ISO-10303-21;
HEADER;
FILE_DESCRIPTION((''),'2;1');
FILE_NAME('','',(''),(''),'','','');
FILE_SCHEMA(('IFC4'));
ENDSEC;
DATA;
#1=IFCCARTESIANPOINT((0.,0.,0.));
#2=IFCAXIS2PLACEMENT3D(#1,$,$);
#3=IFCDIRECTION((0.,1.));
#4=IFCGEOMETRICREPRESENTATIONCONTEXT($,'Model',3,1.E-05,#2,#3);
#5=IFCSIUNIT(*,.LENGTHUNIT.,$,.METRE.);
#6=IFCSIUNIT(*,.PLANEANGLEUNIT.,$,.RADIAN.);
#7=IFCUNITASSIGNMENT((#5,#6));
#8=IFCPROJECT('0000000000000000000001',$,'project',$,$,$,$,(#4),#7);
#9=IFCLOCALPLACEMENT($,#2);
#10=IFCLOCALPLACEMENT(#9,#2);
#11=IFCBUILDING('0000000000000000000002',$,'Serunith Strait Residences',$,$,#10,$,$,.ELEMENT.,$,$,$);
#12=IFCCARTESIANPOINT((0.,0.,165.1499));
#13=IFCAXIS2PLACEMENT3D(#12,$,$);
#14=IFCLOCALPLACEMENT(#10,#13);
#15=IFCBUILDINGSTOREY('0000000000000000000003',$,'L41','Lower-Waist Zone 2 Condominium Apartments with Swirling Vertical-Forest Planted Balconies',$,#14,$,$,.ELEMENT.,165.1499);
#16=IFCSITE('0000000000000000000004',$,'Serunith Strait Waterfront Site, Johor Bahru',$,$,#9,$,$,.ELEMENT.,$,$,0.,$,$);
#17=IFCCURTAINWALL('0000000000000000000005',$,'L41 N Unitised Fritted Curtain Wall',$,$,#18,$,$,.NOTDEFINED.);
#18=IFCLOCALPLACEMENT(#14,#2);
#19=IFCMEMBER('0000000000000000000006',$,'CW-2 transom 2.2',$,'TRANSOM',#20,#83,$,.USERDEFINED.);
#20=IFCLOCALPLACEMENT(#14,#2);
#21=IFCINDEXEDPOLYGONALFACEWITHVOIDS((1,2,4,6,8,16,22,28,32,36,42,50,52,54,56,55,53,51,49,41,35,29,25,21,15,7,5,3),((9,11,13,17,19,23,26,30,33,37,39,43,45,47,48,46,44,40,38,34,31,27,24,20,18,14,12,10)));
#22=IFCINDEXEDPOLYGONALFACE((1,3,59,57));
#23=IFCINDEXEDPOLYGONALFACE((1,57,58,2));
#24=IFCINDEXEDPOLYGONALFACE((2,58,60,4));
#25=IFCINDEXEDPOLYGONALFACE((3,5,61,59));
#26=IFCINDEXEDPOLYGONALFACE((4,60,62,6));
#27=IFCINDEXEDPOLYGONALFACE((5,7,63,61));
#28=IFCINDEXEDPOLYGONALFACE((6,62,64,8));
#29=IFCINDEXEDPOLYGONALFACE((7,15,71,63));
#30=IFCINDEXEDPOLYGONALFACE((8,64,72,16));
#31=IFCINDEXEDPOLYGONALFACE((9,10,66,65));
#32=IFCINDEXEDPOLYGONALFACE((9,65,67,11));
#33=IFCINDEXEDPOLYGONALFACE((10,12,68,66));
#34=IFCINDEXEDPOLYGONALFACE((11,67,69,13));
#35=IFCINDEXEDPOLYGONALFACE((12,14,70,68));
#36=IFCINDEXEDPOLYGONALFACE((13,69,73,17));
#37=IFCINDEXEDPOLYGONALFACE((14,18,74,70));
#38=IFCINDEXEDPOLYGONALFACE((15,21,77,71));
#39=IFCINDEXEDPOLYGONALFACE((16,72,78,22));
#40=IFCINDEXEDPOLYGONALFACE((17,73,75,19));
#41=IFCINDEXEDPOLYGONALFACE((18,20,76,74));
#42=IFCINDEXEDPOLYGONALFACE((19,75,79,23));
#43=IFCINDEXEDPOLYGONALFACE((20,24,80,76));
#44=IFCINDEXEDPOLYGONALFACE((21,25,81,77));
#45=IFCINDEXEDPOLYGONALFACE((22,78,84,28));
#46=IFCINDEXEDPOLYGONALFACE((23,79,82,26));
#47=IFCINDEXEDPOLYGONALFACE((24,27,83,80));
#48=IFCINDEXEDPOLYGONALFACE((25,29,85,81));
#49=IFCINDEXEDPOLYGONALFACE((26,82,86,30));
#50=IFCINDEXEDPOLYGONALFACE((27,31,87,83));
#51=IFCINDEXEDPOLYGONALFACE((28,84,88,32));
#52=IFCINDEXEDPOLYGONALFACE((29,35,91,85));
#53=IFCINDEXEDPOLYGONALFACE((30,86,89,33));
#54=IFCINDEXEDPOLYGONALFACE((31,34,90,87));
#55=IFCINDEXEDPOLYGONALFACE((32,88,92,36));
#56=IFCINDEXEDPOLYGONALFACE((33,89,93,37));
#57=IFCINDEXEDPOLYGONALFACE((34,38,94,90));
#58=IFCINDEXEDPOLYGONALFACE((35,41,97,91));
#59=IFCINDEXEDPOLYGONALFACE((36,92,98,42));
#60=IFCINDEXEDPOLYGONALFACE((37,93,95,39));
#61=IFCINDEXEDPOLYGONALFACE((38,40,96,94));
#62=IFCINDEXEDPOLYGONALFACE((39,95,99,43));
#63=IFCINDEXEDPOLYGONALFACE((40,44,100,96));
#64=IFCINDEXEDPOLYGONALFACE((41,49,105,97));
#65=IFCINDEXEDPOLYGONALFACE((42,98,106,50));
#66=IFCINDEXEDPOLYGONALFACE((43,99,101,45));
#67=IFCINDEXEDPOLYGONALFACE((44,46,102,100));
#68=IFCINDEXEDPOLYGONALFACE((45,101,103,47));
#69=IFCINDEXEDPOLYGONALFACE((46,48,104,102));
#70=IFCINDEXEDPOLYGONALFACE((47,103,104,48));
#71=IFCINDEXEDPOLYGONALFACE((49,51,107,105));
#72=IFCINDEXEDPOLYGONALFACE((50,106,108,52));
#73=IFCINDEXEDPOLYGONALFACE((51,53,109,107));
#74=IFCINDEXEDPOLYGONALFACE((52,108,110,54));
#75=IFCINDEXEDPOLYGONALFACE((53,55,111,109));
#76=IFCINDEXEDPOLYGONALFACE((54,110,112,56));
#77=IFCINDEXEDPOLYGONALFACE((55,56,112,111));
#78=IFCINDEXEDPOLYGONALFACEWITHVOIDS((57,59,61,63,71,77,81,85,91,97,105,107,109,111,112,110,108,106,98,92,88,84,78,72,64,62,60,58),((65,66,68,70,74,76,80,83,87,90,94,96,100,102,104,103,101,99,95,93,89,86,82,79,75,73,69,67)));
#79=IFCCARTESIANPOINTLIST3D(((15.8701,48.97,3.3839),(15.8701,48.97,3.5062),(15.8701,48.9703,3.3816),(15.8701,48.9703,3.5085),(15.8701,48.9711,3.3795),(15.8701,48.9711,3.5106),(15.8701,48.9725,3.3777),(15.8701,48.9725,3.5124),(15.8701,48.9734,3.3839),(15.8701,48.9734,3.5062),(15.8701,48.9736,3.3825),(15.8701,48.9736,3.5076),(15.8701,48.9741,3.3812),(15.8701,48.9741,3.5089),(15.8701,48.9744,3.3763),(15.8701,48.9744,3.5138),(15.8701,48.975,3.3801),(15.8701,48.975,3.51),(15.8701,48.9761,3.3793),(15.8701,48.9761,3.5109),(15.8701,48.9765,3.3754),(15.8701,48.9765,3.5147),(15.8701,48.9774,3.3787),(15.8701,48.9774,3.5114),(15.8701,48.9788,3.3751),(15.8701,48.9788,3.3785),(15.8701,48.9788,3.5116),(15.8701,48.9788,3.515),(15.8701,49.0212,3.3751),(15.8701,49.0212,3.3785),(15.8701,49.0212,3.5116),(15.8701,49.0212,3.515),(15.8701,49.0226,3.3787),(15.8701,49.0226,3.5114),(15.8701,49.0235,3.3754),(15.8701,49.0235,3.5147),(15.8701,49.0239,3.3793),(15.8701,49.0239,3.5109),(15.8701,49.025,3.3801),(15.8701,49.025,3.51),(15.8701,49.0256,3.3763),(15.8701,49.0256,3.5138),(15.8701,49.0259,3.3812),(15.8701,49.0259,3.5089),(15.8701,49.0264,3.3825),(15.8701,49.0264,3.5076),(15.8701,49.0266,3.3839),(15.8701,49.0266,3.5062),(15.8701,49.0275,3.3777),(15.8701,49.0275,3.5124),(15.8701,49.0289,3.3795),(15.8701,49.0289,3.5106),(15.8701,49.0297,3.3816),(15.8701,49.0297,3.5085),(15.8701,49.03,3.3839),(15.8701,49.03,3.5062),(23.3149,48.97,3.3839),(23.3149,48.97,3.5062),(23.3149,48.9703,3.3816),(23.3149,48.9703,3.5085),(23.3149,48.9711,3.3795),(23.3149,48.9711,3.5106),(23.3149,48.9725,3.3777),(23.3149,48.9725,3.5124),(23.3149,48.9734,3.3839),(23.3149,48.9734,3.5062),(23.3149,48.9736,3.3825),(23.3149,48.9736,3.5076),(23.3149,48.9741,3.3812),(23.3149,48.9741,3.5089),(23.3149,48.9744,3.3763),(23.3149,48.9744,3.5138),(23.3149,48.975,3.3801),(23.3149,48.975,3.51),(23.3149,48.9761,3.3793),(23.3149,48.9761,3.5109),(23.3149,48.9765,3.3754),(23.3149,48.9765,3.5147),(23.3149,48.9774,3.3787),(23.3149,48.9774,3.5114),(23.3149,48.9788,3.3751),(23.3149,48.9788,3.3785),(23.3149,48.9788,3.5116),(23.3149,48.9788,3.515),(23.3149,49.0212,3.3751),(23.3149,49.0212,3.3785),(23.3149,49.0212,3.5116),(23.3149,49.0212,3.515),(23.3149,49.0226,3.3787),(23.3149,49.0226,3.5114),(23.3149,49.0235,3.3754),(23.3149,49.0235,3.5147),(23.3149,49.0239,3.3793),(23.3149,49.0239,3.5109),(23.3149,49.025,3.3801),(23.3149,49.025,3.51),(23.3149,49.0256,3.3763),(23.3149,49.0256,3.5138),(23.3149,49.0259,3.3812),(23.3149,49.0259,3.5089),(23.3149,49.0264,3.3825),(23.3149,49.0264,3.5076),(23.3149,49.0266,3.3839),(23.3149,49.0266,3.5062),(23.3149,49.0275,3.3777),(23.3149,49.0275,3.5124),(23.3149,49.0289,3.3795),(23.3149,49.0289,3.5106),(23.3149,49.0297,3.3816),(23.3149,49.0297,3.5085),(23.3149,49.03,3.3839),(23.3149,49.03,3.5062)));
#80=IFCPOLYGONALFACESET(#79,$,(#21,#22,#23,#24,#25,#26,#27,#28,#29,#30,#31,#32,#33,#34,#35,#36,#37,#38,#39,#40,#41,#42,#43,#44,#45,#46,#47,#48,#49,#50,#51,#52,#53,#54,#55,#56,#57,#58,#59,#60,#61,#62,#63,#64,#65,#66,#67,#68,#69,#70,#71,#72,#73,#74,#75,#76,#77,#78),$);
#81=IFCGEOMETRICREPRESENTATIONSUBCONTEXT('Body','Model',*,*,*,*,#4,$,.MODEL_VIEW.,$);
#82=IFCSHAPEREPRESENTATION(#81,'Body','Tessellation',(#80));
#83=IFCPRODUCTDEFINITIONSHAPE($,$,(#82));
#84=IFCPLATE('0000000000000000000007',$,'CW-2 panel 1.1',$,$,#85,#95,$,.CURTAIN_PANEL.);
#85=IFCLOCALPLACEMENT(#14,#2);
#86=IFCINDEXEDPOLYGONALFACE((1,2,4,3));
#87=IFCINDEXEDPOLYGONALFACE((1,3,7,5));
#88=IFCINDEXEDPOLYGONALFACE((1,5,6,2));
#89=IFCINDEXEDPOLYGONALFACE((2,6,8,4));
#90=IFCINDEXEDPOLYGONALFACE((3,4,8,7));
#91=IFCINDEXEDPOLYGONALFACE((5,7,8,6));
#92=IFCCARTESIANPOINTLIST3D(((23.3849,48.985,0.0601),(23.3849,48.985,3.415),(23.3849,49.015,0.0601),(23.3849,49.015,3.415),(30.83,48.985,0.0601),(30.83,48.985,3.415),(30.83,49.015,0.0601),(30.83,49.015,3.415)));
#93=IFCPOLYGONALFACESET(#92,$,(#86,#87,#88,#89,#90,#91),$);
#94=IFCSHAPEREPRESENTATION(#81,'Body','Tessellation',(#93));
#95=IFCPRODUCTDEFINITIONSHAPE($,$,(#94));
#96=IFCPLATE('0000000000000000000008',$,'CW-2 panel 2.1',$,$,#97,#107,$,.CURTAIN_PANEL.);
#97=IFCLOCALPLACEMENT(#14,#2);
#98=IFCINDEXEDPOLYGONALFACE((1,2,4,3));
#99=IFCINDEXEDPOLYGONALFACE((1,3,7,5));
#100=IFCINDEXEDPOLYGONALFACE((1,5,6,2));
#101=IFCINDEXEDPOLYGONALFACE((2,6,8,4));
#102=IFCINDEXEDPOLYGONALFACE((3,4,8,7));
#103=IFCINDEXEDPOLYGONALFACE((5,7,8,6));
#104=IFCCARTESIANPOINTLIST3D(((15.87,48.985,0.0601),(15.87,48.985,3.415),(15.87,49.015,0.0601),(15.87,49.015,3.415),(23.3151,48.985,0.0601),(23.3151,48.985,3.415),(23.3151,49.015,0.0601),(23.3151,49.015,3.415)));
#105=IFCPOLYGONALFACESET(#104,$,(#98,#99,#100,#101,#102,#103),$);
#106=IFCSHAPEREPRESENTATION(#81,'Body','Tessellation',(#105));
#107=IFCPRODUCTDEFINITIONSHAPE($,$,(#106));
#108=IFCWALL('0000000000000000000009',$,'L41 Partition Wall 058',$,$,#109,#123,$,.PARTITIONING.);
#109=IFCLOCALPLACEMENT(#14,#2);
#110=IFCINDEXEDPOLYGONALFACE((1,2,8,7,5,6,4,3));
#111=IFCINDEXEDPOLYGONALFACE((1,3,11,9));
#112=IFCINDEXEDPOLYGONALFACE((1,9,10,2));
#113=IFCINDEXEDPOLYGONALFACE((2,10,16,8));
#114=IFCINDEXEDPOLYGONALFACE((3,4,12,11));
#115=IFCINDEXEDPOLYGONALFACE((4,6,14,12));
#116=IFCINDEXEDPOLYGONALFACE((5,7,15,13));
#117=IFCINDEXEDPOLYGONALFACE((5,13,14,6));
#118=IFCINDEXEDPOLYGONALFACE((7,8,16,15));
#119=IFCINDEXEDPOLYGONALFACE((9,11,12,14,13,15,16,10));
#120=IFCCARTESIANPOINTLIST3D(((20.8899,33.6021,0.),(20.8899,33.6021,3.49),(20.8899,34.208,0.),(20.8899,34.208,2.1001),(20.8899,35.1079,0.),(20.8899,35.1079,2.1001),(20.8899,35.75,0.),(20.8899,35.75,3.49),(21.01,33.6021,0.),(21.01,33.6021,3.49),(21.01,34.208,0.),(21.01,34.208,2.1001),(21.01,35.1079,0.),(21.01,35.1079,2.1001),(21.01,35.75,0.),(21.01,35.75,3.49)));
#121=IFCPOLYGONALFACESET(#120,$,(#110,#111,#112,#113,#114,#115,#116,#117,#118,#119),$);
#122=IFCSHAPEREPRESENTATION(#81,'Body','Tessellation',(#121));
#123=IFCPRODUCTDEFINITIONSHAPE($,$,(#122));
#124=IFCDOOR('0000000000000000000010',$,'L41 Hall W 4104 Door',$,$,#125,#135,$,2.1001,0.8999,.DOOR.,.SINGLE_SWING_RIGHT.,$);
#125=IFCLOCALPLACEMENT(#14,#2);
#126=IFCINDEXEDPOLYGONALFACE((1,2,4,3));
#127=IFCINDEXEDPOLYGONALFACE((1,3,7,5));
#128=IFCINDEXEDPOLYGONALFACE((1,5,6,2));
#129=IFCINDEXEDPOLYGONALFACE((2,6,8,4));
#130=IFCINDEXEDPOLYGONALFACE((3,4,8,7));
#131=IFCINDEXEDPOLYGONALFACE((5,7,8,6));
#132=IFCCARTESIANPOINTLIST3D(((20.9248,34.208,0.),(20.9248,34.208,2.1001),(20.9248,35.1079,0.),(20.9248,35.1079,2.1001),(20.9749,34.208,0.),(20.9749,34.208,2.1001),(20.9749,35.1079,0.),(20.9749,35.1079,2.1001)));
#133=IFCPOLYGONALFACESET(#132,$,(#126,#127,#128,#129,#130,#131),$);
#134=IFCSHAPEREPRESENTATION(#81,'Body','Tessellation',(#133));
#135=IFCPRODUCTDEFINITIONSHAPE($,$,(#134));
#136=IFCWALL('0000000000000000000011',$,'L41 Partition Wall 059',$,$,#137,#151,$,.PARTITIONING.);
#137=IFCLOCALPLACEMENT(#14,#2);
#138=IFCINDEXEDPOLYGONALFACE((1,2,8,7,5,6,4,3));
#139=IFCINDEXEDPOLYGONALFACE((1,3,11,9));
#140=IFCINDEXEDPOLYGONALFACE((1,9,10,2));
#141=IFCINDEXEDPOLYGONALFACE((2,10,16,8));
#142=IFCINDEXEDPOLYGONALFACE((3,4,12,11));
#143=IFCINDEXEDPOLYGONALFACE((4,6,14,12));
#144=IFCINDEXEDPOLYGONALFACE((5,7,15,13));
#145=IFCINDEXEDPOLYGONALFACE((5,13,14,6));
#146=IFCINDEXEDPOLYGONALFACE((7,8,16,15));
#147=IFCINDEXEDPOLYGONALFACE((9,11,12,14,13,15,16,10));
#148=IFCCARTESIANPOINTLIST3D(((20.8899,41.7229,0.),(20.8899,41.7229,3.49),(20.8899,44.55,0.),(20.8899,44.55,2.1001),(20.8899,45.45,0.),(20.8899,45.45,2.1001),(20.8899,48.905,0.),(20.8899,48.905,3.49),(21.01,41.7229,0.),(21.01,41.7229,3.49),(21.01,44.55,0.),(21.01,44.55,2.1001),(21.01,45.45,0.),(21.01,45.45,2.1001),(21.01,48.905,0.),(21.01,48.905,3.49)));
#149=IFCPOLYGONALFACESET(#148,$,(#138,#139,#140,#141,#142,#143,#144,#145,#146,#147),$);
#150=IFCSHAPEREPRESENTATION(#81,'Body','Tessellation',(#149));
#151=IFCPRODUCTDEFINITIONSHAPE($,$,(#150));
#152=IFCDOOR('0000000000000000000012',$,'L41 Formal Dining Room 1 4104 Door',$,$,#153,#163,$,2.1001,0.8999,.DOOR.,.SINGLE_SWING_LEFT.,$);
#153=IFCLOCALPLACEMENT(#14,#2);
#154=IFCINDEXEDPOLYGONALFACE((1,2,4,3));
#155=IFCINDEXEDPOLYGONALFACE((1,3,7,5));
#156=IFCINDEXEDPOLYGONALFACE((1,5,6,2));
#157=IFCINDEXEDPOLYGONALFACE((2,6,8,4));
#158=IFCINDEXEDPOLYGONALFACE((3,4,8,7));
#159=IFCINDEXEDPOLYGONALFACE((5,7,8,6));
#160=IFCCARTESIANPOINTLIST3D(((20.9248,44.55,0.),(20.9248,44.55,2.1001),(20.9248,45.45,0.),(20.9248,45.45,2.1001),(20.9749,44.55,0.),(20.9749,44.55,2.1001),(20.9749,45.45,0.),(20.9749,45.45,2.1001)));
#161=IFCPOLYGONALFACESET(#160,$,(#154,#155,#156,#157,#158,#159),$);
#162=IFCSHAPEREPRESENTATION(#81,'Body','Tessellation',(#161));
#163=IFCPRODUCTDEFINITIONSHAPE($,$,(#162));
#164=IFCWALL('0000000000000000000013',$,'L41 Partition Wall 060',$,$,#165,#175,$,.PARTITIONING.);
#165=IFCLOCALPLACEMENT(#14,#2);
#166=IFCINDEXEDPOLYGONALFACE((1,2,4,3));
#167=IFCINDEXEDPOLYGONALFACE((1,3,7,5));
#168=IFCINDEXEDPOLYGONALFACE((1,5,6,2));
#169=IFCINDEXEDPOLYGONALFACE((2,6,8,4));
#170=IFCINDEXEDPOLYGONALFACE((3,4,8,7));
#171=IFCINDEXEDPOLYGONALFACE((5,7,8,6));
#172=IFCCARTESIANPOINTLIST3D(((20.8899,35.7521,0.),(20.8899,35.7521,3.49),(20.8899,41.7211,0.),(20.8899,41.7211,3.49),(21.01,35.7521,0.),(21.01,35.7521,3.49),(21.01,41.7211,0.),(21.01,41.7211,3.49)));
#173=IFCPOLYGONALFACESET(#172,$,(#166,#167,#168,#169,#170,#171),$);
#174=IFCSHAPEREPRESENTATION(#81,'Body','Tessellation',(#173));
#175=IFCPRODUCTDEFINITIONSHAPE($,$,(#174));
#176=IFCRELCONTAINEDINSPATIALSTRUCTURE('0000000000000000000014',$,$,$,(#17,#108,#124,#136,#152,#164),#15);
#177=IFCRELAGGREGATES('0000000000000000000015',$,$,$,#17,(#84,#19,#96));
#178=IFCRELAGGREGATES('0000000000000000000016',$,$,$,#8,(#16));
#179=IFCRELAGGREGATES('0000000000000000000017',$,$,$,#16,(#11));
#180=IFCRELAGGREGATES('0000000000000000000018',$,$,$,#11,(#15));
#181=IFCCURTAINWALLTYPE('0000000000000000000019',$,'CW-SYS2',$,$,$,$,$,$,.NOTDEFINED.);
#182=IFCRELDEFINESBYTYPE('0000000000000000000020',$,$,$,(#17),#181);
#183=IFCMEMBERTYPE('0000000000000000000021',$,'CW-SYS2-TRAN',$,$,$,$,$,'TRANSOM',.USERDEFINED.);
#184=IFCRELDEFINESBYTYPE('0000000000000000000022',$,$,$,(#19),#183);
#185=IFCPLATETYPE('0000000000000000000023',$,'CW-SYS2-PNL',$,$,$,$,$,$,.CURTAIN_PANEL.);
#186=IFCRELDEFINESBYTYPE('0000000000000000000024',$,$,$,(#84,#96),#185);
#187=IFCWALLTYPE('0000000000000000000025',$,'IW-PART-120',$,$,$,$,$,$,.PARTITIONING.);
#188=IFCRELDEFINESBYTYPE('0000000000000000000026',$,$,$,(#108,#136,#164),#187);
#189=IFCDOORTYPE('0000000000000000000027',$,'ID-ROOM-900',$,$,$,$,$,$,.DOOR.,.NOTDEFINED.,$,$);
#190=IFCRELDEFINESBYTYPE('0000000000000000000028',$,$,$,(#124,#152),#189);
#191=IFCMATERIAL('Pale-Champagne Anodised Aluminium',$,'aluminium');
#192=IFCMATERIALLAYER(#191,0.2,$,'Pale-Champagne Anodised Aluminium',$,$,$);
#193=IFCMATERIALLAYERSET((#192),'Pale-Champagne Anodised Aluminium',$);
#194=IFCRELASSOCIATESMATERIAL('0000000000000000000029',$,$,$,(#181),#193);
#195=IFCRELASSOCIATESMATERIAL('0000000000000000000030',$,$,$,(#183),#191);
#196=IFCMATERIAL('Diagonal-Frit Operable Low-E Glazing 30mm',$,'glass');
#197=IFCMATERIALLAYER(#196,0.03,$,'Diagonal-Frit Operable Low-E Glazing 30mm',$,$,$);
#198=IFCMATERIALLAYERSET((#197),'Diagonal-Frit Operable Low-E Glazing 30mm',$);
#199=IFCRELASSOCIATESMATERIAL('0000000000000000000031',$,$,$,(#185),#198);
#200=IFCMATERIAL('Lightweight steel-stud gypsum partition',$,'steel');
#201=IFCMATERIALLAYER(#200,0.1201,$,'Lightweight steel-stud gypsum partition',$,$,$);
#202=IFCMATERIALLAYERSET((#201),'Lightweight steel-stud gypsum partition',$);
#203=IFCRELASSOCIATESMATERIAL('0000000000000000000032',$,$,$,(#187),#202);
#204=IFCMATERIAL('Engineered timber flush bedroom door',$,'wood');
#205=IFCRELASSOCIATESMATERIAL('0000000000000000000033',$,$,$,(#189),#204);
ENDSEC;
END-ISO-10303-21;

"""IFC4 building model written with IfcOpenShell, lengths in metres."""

from ifc_helpers import new_model, si_unit, direction, frame, frame_2d, origin, origin_2d, place, context, subcontext, project, spatial, rectangle, hollow_rectangle, extrude, source, transform, mapped, material, layer, layer_set, material_profile, profile_set, type_object, element, fill, aggregate, save


model = new_model("IFC4")

# Units and contexts
model_context = context("Model", 3, precision=1e-05, world=origin(), true_north=direction((0.0, 1.0)))
body_context = subcontext(model_context, "Body", "Model", "MODEL_VIEW")
ifc_project = project(units=[si_unit("LENGTHUNIT", "METRE"), si_unit("PLANEANGLEUNIT", "RADIAN")], contexts=[model_context])

# Site, building, storey
site_placement = place(None, origin())
site = spatial("IfcSite", under=ifc_project, at=site_placement, Name="Serunith Strait Waterfront Site, Johor Bahru", CompositionType="ELEMENT", RefElevation=0.0)
building_placement = place(site_placement, origin())
building = spatial("IfcBuilding", under=site, at=building_placement, Name="Serunith Strait Residences", CompositionType="ELEMENT")
storey_placement = place(building_placement, frame((0.0, 0.0, 165.1499)))
storey = spatial("IfcBuildingStorey", under=building, at=storey_placement, Name="L41", Description="Lower-Waist Zone 2 Condominium Apartments with Swirling Vertical-Forest Planted Balconies", CompositionType="ELEMENT", Elevation=165.1499)

# Curtain wall, member, plates
ifc_material_1 = material(Name="Pale-Champagne Anodised Aluminium", Category="aluminium")
ifc_layer_1 = layer(ifc_material_1, 0.2, Name="Pale-Champagne Anodised Aluminium")
ifc_layer_set_1 = layer_set([ifc_layer_1], Name="Pale-Champagne Anodised Aluminium")
curtain_wall_type = type_object("IfcCurtainWallType", Name="CW-SYS2", PredefinedType="NOTDEFINED", material=ifc_layer_set_1)
curtain_wall_placement = place(storey_placement, origin())
curtain_wall = element("IfcCurtainWall", 1, at=curtain_wall_placement, inside=storey, type_object=curtain_wall_type, Name="L41 N Unitised Fritted Curtain Wall", PredefinedType="NOTDEFINED")
ifc_material_profile_1 = material_profile(ifc_material_1, hollow_rectangle(XDim=0.0601, YDim=0.1399, WallThickness=0.0034, InnerFilletRadius=0.0054, OuterFilletRadius=0.0088, at=origin_2d()), Name="ALU 140x60x3.5")
ifc_profile_set_1 = profile_set([ifc_material_profile_1], Name="Pale-Champagne Anodised Aluminium")
member_type_1 = type_object("IfcMemberType", Name="CW-SYS2-TRAN", ElementType="TRANSOM", PredefinedType="USERDEFINED", material=ifc_profile_set_1)
shared_shape_1 = source(origin(), body_context, "Body", "SweptSolid", [
    extrude(hollow_rectangle(XDim=0.0601, YDim=0.1399, WallThickness=0.0034, InnerFilletRadius=0.0054, OuterFilletRadius=0.0088, at=origin_2d()), origin(), (0.0, 0.0, 1.0), 7.4448),
])
member_1_placement = place(storey_placement, frame((23.3149, 49.0, 3.4451), z_axis=(-1.0, 0.0, 0.0), x_axis=(0.0, -1.0, 0.0)))
member_1 = element("IfcMember", 2, at=member_1_placement, type_object=member_type_1, Name="CW-2 transom 2.2", ObjectType="TRANSOM", PredefinedType="USERDEFINED", context=body_context, shape_type="MappedRepresentation", body=[
    mapped(shared_shape_1, transform((0.0, 0.0, 0.0), scale=1.0)),
])
ifc_material_2 = material(Name="Diagonal-Frit Operable Low-E Glazing 30mm", Category="glass")
ifc_layer_2 = layer(ifc_material_2, 0.03, Name="Diagonal-Frit Operable Low-E Glazing 30mm")
ifc_layer_set_2 = layer_set([ifc_layer_2], Name="Diagonal-Frit Operable Low-E Glazing 30mm")
plate_type = type_object("IfcPlateType", Name="CW-SYS2-PNL", PredefinedType="CURTAIN_PANEL", material=ifc_layer_set_2)
shared_shape_2 = source(origin(), body_context, "Body", "SweptSolid", [
    extrude(rectangle(XDim=7.4451, YDim=0.03, at=origin_2d()), origin(), (0.0, 0.0, 1.0), 3.355),
])
plate_1_placement = place(storey_placement, frame((27.1074, 49.0, 0.0601), z_axis=(0.0, 0.0, 1.0), x_axis=(-1.0, 0.0, 0.0)))
plate_1 = element("IfcPlate", 3, at=plate_1_placement, type_object=plate_type, Name="CW-2 panel 1.1", PredefinedType="CURTAIN_PANEL", context=body_context, shape_type="MappedRepresentation", body=[
    mapped(shared_shape_2, transform((0.0, 0.0, 0.0), scale=1.0)),
])
plate_2_placement = place(storey_placement, frame((19.5925, 49.0, 0.0601), z_axis=(0.0, 0.0, 1.0), x_axis=(-1.0, 0.0, 0.0)))
plate_2 = element("IfcPlate", 4, at=plate_2_placement, type_object=plate_type, Name="CW-2 panel 2.1", PredefinedType="CURTAIN_PANEL", context=body_context, shape_type="MappedRepresentation", body=[
    mapped(shared_shape_2, transform((0.0, 0.0, 0.0), scale=1.0)),
])
aggregate(curtain_wall, [plate_1, member_1, plate_2])

# Walls, openings, doors
ifc_material_3 = material(Name="Lightweight steel-stud gypsum partition", Category="steel")
ifc_layer_3 = layer(ifc_material_3, 0.1201, Name="Lightweight steel-stud gypsum partition")
ifc_layer_set_3 = layer_set([ifc_layer_3], Name="Lightweight steel-stud gypsum partition")
wall_type = type_object("IfcWallType", Name="IW-PART-120", PredefinedType="PARTITIONING", material=ifc_layer_set_3)
wall_1_placement = place(storey_placement, frame((20.95, 35.75, 0.0), z_axis=(0.0, 0.0, 1.0), x_axis=(0.0, -1.0, 0.0)))
wall_1 = element("IfcWall", 5, at=wall_1_placement, inside=storey, type_object=wall_type, Name="L41 Partition Wall 058", PredefinedType="PARTITIONING", context=body_context, shape_type="SweptSolid", body=[
    extrude(rectangle(XDim=2.1479, YDim=0.1201, at=frame_2d((1.074, 0.0))), origin(), (0.0, 0.0, 1.0), 3.49),
])
opening_1_placement = place(wall_1_placement, frame((0.6421, 0.0, 0.0)))
opening_1 = element("IfcOpeningElement", 6, at=opening_1_placement, cuts=wall_1, PredefinedType="OPENING", context=body_context, shape_type="SweptSolid", body=[
    extrude(rectangle(XDim=0.8999, YDim=2.1001, at=frame_2d((0.45, 1.05))), frame((0.0, 0.0701, 0.0), z_axis=(0.0, -1.0, 0.0), x_axis=(1.0, 0.0, 0.0)), (0.0, 0.0, 1.0), 0.1401),
])
ifc_material_4 = material(Name="Engineered timber flush bedroom door", Category="wood")
door_type_1 = type_object("IfcDoorType", Name="ID-ROOM-900", OperationType="NOTDEFINED", PredefinedType="DOOR", material=ifc_material_4)
shared_shape_3 = source(origin(), body_context, "Body", "SweptSolid", [
    extrude(rectangle(XDim=0.8999, YDim=2.1001, at=frame_2d((0.45, 1.05))), frame((0.0, 0.0249, 0.0), z_axis=(0.0, -1.0, 0.0), x_axis=(1.0, 0.0, 0.0)), (0.0, 0.0, 1.0), 0.05),
])
door_1_placement = place(opening_1_placement, origin())
door_1 = element("IfcDoor", 7, at=door_1_placement, inside=storey, type_object=door_type_1, Name="L41 Hall W 4104 Door", OperationType="SINGLE_SWING_RIGHT", OverallHeight=2.1001, OverallWidth=0.8999, PredefinedType="DOOR", context=body_context, shape_type="MappedRepresentation", body=[
    mapped(shared_shape_3, transform((0.0, 0.0, 0.0), scale=1.0)),
])
fill(opening_1, door_1)
wall_2_placement = place(storey_placement, frame((20.95, 48.905, 0.0), z_axis=(0.0, 0.0, 1.0), x_axis=(0.0, -1.0, 0.0)))
wall_2 = element("IfcWall", 8, at=wall_2_placement, inside=storey, type_object=wall_type, Name="L41 Partition Wall 059", PredefinedType="PARTITIONING", context=body_context, shape_type="SweptSolid", body=[
    extrude(rectangle(XDim=7.1821, YDim=0.1201, at=frame_2d((3.5911, 0.0))), origin(), (0.0, 0.0, 1.0), 3.49),
])
opening_2_placement = place(wall_2_placement, frame((3.4551, 0.0, 0.0)))
opening_2 = element("IfcOpeningElement", 9, at=opening_2_placement, cuts=wall_2, PredefinedType="OPENING", context=body_context, shape_type="SweptSolid", body=[
    extrude(rectangle(XDim=0.8999, YDim=2.1001, at=frame_2d((0.45, 1.05))), frame((0.0, 0.0701, 0.0), z_axis=(0.0, -1.0, 0.0), x_axis=(1.0, 0.0, 0.0)), (0.0, 0.0, 1.0), 0.1401),
])
door_2_placement = place(opening_2_placement, origin())
door_2 = element("IfcDoor", 10, at=door_2_placement, inside=storey, type_object=door_type_1, Name="L41 Formal Dining Room 1 4104 Door", OperationType="SINGLE_SWING_LEFT", OverallHeight=2.1001, OverallWidth=0.8999, PredefinedType="DOOR", context=body_context, shape_type="MappedRepresentation", body=[
    mapped(shared_shape_3, transform((0.0, 0.0, 0.0), scale=1.0)),
])
fill(opening_2, door_2)

# Wall
wall_3_placement = place(storey_placement, frame((20.95, 41.7209, 0.0), z_axis=(0.0, 0.0, 1.0), x_axis=(0.0, -1.0, 0.0)))
element("IfcWall", 11, at=wall_3_placement, inside=storey, type_object=wall_type, Name="L41 Partition Wall 060", PredefinedType="PARTITIONING", context=body_context, shape_type="SweptSolid", body=[
    extrude(rectangle(XDim=5.969, YDim=0.1201, at=frame_2d((2.9844, 0.0))), origin(), (0.0, 0.0, 1.0), 3.49),
])

save(model, "model.ifc")
